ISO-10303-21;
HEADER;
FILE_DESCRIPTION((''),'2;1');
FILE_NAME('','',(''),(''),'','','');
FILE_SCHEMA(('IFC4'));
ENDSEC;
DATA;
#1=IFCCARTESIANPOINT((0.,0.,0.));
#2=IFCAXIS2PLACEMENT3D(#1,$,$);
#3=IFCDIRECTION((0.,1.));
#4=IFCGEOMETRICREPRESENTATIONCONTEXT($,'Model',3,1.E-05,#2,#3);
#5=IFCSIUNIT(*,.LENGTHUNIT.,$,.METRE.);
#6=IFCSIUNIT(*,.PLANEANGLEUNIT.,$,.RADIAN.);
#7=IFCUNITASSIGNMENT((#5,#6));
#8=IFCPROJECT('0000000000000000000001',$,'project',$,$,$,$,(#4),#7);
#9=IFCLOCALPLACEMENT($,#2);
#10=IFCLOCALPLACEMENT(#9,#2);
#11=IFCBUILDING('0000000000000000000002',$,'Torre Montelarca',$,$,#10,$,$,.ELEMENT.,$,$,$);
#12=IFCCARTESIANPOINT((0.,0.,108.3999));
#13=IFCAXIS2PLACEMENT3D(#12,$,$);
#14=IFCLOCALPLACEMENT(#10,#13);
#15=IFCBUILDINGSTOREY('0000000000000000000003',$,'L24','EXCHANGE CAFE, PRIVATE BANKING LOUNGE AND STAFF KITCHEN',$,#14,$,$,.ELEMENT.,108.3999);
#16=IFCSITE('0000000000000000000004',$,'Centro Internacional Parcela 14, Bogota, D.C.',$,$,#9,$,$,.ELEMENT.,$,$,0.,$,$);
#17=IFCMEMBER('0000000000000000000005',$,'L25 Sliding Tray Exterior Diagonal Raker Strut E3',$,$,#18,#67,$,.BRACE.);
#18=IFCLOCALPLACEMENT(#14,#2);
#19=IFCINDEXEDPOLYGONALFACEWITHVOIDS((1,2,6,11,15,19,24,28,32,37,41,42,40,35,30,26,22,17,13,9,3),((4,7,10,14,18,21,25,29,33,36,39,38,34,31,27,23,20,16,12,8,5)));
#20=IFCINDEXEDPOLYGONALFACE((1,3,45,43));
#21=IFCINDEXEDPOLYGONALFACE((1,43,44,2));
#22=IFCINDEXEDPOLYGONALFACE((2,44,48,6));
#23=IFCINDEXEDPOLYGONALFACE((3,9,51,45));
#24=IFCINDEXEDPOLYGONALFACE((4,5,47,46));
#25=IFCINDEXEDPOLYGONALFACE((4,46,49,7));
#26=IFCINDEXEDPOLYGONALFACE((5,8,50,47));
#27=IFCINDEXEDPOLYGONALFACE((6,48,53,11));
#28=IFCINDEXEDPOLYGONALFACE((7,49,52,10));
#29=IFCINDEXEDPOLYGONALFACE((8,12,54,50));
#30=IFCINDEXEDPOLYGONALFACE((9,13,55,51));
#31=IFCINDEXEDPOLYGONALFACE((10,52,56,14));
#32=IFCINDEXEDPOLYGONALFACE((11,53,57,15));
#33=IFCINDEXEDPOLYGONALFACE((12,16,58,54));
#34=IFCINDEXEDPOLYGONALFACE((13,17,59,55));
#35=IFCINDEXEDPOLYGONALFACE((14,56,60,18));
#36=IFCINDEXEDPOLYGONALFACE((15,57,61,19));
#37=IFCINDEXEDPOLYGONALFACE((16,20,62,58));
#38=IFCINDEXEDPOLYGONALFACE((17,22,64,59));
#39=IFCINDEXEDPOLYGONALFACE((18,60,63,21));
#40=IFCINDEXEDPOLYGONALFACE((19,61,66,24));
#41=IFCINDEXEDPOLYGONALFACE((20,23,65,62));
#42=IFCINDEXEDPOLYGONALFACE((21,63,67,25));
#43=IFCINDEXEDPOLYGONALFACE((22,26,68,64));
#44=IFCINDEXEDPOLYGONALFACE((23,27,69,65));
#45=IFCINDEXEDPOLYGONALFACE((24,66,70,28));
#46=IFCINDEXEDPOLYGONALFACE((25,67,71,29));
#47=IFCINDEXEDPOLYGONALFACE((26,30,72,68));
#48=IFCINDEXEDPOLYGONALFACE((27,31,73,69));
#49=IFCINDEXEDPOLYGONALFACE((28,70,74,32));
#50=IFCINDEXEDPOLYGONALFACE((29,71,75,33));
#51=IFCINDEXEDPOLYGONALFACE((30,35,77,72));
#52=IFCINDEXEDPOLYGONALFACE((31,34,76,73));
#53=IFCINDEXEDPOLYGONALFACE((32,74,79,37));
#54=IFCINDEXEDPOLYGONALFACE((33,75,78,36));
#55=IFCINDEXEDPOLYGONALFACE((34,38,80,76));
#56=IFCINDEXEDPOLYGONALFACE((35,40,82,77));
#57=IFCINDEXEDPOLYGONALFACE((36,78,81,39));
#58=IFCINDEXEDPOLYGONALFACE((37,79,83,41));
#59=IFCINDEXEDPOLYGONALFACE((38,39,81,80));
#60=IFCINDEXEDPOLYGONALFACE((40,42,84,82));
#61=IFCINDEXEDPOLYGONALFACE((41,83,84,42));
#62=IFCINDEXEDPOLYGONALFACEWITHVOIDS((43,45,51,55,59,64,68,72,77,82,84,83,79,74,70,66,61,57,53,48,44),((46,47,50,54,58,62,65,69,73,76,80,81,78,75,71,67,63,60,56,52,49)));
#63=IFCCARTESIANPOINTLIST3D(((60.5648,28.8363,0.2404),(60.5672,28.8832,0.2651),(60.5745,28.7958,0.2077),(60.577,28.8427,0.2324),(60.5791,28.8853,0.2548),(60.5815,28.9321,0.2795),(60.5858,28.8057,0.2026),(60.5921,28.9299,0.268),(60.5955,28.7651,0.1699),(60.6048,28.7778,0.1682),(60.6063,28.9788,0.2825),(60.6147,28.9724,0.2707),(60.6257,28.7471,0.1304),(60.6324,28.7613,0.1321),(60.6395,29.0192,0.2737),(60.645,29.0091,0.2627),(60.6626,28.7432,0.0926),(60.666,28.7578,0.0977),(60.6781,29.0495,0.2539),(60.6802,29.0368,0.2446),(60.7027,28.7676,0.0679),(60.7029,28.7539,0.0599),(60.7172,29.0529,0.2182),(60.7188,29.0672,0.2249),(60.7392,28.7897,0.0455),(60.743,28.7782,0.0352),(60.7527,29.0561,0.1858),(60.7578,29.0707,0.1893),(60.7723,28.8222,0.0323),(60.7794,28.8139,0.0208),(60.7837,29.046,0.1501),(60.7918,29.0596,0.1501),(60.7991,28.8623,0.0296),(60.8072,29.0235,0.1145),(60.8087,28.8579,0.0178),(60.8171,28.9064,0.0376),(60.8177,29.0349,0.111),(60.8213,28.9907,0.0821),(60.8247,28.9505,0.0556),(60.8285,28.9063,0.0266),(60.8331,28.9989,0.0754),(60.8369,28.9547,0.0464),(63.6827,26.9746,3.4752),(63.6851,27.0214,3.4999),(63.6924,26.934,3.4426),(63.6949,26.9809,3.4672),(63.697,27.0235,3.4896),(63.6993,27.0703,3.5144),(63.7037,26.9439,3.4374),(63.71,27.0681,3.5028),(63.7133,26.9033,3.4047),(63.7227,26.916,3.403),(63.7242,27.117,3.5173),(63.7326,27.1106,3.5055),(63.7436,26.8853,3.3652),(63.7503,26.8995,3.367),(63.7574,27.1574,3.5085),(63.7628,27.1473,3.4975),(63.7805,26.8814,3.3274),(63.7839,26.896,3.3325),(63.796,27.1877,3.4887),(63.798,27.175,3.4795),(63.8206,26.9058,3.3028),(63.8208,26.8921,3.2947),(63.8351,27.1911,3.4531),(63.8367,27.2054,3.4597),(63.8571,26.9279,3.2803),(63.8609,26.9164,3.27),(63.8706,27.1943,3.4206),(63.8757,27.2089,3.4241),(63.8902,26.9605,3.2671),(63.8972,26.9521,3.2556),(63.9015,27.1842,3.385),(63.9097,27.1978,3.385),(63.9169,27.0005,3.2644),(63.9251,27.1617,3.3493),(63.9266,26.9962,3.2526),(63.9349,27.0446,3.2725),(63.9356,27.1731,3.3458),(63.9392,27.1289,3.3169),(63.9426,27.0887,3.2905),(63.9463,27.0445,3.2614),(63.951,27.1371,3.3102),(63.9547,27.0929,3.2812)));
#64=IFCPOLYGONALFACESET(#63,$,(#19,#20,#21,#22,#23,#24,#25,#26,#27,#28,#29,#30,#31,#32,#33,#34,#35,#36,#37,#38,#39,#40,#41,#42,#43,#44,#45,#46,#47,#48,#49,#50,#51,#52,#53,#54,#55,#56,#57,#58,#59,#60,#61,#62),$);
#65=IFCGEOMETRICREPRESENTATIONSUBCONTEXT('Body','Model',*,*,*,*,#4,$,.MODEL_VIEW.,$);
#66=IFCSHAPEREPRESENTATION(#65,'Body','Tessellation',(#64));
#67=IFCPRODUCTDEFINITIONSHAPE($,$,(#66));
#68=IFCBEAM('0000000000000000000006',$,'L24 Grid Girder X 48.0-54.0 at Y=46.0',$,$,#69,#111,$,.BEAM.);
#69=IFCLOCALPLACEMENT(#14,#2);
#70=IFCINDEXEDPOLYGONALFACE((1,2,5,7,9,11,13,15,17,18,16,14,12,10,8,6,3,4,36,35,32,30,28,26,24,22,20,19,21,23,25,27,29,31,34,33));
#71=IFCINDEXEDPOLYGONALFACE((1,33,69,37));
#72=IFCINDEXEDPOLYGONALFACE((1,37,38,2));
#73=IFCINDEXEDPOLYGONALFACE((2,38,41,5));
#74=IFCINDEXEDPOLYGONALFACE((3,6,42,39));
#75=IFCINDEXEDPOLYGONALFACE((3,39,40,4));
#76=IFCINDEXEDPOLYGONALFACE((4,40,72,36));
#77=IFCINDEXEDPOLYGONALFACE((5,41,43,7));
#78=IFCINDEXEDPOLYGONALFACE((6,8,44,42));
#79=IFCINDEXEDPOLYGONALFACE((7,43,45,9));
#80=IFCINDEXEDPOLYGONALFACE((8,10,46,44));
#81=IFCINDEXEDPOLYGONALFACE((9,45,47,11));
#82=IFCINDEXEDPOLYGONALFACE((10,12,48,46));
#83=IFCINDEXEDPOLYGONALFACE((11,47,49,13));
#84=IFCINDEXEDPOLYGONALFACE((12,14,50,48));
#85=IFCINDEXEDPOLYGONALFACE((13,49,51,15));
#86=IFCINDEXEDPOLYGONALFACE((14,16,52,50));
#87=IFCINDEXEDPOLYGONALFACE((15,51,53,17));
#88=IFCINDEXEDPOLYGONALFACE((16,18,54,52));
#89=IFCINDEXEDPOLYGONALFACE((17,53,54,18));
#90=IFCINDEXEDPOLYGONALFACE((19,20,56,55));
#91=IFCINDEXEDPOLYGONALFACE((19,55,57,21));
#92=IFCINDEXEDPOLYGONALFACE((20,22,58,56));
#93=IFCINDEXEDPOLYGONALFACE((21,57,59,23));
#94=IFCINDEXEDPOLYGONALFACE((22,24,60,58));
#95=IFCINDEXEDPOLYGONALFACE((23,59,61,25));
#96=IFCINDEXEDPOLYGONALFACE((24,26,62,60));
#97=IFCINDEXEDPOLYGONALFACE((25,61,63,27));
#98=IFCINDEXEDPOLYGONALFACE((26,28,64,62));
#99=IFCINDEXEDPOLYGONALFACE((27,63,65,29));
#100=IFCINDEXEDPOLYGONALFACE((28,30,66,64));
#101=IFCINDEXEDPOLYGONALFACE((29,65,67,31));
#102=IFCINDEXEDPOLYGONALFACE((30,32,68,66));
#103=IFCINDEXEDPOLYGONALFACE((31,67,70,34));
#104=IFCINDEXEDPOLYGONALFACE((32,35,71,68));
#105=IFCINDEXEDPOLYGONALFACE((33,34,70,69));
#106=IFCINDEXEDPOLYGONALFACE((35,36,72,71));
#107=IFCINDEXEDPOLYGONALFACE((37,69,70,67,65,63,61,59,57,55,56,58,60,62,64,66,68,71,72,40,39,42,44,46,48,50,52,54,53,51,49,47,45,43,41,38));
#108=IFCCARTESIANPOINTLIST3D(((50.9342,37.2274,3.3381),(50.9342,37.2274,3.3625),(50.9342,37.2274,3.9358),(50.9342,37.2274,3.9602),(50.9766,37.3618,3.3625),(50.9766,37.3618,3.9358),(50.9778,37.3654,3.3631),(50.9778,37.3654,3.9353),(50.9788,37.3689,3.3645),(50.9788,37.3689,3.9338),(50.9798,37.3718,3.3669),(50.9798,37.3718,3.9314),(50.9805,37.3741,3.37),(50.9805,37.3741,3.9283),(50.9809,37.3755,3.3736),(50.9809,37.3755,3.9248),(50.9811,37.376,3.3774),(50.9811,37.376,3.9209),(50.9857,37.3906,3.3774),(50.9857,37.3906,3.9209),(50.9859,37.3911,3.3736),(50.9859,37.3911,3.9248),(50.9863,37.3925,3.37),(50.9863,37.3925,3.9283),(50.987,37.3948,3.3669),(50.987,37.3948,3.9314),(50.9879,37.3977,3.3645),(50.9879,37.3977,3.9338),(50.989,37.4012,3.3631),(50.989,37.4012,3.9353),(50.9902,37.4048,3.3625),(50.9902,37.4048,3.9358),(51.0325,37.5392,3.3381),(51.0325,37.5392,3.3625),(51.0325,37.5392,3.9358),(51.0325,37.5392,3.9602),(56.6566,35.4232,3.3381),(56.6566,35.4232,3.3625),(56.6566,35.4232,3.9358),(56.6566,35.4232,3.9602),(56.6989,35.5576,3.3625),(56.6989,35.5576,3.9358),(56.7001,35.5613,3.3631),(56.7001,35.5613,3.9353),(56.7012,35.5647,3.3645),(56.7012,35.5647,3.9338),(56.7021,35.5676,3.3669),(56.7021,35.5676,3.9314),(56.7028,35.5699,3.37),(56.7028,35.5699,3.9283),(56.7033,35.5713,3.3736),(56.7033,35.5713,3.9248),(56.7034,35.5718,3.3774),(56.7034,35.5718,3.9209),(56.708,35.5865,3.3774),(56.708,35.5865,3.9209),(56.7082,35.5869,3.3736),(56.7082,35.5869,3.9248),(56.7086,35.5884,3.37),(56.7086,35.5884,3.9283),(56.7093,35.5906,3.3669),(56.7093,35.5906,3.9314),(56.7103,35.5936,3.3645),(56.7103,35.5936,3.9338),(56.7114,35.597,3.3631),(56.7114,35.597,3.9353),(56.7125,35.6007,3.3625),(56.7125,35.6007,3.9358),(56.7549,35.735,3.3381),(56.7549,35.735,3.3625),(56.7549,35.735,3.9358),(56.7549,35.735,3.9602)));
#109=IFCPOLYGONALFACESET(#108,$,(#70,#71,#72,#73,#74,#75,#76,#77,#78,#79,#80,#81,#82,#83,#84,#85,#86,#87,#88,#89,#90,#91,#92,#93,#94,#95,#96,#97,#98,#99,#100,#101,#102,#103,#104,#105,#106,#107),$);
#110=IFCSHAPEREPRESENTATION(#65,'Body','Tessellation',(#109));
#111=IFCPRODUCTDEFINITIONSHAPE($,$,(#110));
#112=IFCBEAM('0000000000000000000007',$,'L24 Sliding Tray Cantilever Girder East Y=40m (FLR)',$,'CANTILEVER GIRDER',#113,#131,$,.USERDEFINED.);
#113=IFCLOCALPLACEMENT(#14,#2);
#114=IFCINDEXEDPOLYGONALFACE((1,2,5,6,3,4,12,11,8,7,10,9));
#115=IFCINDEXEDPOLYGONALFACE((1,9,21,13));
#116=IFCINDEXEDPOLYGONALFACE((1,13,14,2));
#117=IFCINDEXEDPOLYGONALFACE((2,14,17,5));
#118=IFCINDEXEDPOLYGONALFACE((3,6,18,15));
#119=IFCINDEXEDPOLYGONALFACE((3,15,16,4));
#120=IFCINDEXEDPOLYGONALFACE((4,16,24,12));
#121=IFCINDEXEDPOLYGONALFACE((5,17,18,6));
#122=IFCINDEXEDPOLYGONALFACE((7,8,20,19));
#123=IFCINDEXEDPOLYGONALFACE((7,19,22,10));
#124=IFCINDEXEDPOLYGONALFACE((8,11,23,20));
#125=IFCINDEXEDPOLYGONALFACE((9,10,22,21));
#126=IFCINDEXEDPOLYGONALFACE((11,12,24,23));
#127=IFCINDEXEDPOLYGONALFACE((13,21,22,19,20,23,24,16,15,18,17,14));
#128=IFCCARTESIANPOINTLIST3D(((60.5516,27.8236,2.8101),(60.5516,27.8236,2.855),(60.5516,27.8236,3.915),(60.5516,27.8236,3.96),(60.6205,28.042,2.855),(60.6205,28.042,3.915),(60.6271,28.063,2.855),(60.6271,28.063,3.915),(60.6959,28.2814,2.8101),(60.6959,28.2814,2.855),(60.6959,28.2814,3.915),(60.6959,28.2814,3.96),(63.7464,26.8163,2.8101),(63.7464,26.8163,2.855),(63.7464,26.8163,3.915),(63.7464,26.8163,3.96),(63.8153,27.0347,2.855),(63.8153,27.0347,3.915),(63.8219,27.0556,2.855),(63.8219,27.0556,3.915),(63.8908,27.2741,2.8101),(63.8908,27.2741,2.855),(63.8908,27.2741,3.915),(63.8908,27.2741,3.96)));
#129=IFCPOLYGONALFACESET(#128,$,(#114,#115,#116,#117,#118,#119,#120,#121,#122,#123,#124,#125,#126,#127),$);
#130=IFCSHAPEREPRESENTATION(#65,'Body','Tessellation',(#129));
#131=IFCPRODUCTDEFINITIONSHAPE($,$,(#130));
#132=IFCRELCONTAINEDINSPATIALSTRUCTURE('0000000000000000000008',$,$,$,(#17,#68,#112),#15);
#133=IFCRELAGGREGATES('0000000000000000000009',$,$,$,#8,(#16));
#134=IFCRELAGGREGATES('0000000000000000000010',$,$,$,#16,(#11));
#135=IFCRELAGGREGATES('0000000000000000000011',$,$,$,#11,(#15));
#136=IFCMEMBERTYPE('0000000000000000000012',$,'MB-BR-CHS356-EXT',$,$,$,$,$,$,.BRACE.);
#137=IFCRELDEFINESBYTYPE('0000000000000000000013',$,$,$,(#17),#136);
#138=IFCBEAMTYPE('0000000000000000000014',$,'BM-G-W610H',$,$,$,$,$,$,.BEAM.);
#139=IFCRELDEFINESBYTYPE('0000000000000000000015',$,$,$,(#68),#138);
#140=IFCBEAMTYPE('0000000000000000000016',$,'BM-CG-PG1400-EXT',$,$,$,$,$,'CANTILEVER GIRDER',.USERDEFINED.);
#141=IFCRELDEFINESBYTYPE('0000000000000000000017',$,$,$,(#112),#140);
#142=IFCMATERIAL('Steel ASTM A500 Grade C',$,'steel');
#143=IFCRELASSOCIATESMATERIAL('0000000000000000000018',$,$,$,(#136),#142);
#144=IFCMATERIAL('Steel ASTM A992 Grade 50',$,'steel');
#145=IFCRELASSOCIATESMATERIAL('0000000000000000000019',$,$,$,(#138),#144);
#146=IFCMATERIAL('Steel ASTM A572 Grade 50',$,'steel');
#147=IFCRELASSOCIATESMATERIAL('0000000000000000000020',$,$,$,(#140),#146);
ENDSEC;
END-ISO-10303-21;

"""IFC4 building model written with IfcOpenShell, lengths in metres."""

from ifc_helpers import new_model, si_unit, direction, frame, origin, origin_2d, place, context, subcontext, project, spatial, hollow_circle, i_section, extrude, source, transform, mapped, material, material_profile, profile_set, type_object, element, save


model = new_model("IFC4")

# Units and contexts
model_context = context("Model", 3, precision=1e-05, world=origin(), true_north=direction((0.0, 1.0)))
body_context = subcontext(model_context, "Body", "Model", "MODEL_VIEW")
ifc_project = project(units=[si_unit("LENGTHUNIT", "METRE"), si_unit("PLANEANGLEUNIT", "RADIAN")], contexts=[model_context])

# Site, building, storey
site_placement = place(None, origin())
site = spatial("IfcSite", under=ifc_project, at=site_placement, Name="Centro Internacional Parcela 14, Bogota, D.C.", CompositionType="ELEMENT", RefElevation=0.0)
building_placement = place(site_placement, origin())
building = spatial("IfcBuilding", under=site, at=building_placement, Name="Torre Montelarca", CompositionType="ELEMENT")
storey_placement = place(building_placement, frame((0.0, 0.0, 108.3999)))
storey = spatial("IfcBuildingStorey", under=building, at=storey_placement, Name="L24", Description="EXCHANGE CAFE, PRIVATE BANKING LOUNGE AND STAFF KITCHEN", CompositionType="ELEMENT", Elevation=108.3999)

# Shared definitions
ifc_material_1 = material(Name="Steel ASTM A992 Grade 50", Category="steel")

# Member
ifc_material_2 = material(Name="Steel ASTM A500 Grade C", Category="steel")
ifc_material_profile_1 = material_profile(ifc_material_2, hollow_circle(Radius=0.1777, WallThickness=0.0159, at=origin_2d()), Name="HSS355.6X15.9", Category="steel")
ifc_profile_set_1 = profile_set([ifc_material_profile_1], Name="Steel ASTM A500 Grade C")
member_type_1 = type_object("IfcMemberType", Name="MB-BR-CHS356-EXT", PredefinedType="BRACE", material=ifc_profile_set_1)
shared_shape_1 = source(origin(), body_context, "Body", "SweptSolid", [
    extrude(hollow_circle(Radius=0.1777, WallThickness=0.0159, at=origin_2d()), origin(), (0.0, 0.0, 1.0), 4.8633),
])
member_1_placement = place(storey_placement, frame((60.7007, 28.907, 0.1501), z_axis=(0.641106, -0.382826, 0.665152), x_axis=(0.512685, 0.858577, 0.0)))
element("IfcMember", 1, at=member_1_placement, inside=storey, type_object=member_type_1, Name="L25 Sliding Tray Exterior Diagonal Raker Strut E3", PredefinedType="BRACE", context=body_context, shape_type="MappedRepresentation", body=[
    mapped(shared_shape_1, transform((0.0, 0.0, 0.0), scale=1.0)),
])

# Beams
ifc_material_profile_2 = material_profile(ifc_material_1, i_section(OverallWidth=0.3269, OverallDepth=0.6221, WebThickness=0.0154, FlangeThickness=0.0244, FilletRadius=0.0149, at=origin_2d()), Name="W610X195", Category="steel")
ifc_profile_set_2 = profile_set([ifc_material_profile_2], Name="Steel ASTM A992 Grade 50")
beam_type_1 = type_object("IfcBeamType", Name="BM-G-W610H", PredefinedType="BEAM", material=ifc_profile_set_2)
shared_shape_2 = source(origin(), body_context, "Body", "SweptSolid", [
    extrude(i_section(OverallWidth=0.3269, OverallDepth=0.6221, WebThickness=0.0154, FlangeThickness=0.0244, FilletRadius=0.0149, at=origin_2d()), origin(), (0.0, 0.0, 1.0), 6.0),
])
beam_1_placement = place(storey_placement, frame((50.9834, 37.3833, 3.6492), z_axis=(0.95372, -0.300695, 0.0), x_axis=(0.300695, 0.95372, 0.0)))
element("IfcBeam", 2, at=beam_1_placement, inside=storey, type_object=beam_type_1, Name="L24 Grid Girder X 48.0-54.0 at Y=46.0", PredefinedType="BEAM", context=body_context, shape_type="MappedRepresentation", body=[
    mapped(shared_shape_2, transform((0.0, 0.0, 0.0), scale=1.0)),
])
ifc_material_3 = material(Name="Steel ASTM A572 Grade 50", Category="steel")
ifc_material_profile_3 = material_profile(ifc_material_3, i_section(OverallWidth=0.48, OverallDepth=1.1499, WebThickness=0.022, FlangeThickness=0.0449, at=origin_2d()), Name="PG1150X480X22X45", Category="steel")
ifc_profile_set_3 = profile_set([ifc_material_profile_3], Name="Steel ASTM A572 Grade 50")
beam_type_2 = type_object("IfcBeamType", Name="BM-CG-PG1400-EXT", ElementType="CANTILEVER GIRDER", PredefinedType="USERDEFINED", material=ifc_profile_set_3)
shared_shape_3 = source(origin(), body_context, "Body", "SweptSolid", [
    extrude(i_section(OverallWidth=0.48, OverallDepth=1.1499, WebThickness=0.022, FlangeThickness=0.0449, at=origin_2d()), origin(), (0.0, 0.0, 1.0), 3.3499),
])
beam_2_placement = place(storey_placement, frame((60.6238, 28.0525, 3.385), z_axis=(0.953717, -0.300706, 0.0), x_axis=(0.300706, 0.953717, 0.0)))
element("IfcBeam", 3, at=beam_2_placement, inside=storey, type_object=beam_type_2, Name="L24 Sliding Tray Cantilever Girder East Y=40m (FLR)", ObjectType="CANTILEVER GIRDER", PredefinedType="USERDEFINED", context=body_context, shape_type="MappedRepresentation", body=[
    mapped(shared_shape_3, transform((0.0, 0.0, 0.0), scale=1.0)),
])

save(model, "model.ifc")
